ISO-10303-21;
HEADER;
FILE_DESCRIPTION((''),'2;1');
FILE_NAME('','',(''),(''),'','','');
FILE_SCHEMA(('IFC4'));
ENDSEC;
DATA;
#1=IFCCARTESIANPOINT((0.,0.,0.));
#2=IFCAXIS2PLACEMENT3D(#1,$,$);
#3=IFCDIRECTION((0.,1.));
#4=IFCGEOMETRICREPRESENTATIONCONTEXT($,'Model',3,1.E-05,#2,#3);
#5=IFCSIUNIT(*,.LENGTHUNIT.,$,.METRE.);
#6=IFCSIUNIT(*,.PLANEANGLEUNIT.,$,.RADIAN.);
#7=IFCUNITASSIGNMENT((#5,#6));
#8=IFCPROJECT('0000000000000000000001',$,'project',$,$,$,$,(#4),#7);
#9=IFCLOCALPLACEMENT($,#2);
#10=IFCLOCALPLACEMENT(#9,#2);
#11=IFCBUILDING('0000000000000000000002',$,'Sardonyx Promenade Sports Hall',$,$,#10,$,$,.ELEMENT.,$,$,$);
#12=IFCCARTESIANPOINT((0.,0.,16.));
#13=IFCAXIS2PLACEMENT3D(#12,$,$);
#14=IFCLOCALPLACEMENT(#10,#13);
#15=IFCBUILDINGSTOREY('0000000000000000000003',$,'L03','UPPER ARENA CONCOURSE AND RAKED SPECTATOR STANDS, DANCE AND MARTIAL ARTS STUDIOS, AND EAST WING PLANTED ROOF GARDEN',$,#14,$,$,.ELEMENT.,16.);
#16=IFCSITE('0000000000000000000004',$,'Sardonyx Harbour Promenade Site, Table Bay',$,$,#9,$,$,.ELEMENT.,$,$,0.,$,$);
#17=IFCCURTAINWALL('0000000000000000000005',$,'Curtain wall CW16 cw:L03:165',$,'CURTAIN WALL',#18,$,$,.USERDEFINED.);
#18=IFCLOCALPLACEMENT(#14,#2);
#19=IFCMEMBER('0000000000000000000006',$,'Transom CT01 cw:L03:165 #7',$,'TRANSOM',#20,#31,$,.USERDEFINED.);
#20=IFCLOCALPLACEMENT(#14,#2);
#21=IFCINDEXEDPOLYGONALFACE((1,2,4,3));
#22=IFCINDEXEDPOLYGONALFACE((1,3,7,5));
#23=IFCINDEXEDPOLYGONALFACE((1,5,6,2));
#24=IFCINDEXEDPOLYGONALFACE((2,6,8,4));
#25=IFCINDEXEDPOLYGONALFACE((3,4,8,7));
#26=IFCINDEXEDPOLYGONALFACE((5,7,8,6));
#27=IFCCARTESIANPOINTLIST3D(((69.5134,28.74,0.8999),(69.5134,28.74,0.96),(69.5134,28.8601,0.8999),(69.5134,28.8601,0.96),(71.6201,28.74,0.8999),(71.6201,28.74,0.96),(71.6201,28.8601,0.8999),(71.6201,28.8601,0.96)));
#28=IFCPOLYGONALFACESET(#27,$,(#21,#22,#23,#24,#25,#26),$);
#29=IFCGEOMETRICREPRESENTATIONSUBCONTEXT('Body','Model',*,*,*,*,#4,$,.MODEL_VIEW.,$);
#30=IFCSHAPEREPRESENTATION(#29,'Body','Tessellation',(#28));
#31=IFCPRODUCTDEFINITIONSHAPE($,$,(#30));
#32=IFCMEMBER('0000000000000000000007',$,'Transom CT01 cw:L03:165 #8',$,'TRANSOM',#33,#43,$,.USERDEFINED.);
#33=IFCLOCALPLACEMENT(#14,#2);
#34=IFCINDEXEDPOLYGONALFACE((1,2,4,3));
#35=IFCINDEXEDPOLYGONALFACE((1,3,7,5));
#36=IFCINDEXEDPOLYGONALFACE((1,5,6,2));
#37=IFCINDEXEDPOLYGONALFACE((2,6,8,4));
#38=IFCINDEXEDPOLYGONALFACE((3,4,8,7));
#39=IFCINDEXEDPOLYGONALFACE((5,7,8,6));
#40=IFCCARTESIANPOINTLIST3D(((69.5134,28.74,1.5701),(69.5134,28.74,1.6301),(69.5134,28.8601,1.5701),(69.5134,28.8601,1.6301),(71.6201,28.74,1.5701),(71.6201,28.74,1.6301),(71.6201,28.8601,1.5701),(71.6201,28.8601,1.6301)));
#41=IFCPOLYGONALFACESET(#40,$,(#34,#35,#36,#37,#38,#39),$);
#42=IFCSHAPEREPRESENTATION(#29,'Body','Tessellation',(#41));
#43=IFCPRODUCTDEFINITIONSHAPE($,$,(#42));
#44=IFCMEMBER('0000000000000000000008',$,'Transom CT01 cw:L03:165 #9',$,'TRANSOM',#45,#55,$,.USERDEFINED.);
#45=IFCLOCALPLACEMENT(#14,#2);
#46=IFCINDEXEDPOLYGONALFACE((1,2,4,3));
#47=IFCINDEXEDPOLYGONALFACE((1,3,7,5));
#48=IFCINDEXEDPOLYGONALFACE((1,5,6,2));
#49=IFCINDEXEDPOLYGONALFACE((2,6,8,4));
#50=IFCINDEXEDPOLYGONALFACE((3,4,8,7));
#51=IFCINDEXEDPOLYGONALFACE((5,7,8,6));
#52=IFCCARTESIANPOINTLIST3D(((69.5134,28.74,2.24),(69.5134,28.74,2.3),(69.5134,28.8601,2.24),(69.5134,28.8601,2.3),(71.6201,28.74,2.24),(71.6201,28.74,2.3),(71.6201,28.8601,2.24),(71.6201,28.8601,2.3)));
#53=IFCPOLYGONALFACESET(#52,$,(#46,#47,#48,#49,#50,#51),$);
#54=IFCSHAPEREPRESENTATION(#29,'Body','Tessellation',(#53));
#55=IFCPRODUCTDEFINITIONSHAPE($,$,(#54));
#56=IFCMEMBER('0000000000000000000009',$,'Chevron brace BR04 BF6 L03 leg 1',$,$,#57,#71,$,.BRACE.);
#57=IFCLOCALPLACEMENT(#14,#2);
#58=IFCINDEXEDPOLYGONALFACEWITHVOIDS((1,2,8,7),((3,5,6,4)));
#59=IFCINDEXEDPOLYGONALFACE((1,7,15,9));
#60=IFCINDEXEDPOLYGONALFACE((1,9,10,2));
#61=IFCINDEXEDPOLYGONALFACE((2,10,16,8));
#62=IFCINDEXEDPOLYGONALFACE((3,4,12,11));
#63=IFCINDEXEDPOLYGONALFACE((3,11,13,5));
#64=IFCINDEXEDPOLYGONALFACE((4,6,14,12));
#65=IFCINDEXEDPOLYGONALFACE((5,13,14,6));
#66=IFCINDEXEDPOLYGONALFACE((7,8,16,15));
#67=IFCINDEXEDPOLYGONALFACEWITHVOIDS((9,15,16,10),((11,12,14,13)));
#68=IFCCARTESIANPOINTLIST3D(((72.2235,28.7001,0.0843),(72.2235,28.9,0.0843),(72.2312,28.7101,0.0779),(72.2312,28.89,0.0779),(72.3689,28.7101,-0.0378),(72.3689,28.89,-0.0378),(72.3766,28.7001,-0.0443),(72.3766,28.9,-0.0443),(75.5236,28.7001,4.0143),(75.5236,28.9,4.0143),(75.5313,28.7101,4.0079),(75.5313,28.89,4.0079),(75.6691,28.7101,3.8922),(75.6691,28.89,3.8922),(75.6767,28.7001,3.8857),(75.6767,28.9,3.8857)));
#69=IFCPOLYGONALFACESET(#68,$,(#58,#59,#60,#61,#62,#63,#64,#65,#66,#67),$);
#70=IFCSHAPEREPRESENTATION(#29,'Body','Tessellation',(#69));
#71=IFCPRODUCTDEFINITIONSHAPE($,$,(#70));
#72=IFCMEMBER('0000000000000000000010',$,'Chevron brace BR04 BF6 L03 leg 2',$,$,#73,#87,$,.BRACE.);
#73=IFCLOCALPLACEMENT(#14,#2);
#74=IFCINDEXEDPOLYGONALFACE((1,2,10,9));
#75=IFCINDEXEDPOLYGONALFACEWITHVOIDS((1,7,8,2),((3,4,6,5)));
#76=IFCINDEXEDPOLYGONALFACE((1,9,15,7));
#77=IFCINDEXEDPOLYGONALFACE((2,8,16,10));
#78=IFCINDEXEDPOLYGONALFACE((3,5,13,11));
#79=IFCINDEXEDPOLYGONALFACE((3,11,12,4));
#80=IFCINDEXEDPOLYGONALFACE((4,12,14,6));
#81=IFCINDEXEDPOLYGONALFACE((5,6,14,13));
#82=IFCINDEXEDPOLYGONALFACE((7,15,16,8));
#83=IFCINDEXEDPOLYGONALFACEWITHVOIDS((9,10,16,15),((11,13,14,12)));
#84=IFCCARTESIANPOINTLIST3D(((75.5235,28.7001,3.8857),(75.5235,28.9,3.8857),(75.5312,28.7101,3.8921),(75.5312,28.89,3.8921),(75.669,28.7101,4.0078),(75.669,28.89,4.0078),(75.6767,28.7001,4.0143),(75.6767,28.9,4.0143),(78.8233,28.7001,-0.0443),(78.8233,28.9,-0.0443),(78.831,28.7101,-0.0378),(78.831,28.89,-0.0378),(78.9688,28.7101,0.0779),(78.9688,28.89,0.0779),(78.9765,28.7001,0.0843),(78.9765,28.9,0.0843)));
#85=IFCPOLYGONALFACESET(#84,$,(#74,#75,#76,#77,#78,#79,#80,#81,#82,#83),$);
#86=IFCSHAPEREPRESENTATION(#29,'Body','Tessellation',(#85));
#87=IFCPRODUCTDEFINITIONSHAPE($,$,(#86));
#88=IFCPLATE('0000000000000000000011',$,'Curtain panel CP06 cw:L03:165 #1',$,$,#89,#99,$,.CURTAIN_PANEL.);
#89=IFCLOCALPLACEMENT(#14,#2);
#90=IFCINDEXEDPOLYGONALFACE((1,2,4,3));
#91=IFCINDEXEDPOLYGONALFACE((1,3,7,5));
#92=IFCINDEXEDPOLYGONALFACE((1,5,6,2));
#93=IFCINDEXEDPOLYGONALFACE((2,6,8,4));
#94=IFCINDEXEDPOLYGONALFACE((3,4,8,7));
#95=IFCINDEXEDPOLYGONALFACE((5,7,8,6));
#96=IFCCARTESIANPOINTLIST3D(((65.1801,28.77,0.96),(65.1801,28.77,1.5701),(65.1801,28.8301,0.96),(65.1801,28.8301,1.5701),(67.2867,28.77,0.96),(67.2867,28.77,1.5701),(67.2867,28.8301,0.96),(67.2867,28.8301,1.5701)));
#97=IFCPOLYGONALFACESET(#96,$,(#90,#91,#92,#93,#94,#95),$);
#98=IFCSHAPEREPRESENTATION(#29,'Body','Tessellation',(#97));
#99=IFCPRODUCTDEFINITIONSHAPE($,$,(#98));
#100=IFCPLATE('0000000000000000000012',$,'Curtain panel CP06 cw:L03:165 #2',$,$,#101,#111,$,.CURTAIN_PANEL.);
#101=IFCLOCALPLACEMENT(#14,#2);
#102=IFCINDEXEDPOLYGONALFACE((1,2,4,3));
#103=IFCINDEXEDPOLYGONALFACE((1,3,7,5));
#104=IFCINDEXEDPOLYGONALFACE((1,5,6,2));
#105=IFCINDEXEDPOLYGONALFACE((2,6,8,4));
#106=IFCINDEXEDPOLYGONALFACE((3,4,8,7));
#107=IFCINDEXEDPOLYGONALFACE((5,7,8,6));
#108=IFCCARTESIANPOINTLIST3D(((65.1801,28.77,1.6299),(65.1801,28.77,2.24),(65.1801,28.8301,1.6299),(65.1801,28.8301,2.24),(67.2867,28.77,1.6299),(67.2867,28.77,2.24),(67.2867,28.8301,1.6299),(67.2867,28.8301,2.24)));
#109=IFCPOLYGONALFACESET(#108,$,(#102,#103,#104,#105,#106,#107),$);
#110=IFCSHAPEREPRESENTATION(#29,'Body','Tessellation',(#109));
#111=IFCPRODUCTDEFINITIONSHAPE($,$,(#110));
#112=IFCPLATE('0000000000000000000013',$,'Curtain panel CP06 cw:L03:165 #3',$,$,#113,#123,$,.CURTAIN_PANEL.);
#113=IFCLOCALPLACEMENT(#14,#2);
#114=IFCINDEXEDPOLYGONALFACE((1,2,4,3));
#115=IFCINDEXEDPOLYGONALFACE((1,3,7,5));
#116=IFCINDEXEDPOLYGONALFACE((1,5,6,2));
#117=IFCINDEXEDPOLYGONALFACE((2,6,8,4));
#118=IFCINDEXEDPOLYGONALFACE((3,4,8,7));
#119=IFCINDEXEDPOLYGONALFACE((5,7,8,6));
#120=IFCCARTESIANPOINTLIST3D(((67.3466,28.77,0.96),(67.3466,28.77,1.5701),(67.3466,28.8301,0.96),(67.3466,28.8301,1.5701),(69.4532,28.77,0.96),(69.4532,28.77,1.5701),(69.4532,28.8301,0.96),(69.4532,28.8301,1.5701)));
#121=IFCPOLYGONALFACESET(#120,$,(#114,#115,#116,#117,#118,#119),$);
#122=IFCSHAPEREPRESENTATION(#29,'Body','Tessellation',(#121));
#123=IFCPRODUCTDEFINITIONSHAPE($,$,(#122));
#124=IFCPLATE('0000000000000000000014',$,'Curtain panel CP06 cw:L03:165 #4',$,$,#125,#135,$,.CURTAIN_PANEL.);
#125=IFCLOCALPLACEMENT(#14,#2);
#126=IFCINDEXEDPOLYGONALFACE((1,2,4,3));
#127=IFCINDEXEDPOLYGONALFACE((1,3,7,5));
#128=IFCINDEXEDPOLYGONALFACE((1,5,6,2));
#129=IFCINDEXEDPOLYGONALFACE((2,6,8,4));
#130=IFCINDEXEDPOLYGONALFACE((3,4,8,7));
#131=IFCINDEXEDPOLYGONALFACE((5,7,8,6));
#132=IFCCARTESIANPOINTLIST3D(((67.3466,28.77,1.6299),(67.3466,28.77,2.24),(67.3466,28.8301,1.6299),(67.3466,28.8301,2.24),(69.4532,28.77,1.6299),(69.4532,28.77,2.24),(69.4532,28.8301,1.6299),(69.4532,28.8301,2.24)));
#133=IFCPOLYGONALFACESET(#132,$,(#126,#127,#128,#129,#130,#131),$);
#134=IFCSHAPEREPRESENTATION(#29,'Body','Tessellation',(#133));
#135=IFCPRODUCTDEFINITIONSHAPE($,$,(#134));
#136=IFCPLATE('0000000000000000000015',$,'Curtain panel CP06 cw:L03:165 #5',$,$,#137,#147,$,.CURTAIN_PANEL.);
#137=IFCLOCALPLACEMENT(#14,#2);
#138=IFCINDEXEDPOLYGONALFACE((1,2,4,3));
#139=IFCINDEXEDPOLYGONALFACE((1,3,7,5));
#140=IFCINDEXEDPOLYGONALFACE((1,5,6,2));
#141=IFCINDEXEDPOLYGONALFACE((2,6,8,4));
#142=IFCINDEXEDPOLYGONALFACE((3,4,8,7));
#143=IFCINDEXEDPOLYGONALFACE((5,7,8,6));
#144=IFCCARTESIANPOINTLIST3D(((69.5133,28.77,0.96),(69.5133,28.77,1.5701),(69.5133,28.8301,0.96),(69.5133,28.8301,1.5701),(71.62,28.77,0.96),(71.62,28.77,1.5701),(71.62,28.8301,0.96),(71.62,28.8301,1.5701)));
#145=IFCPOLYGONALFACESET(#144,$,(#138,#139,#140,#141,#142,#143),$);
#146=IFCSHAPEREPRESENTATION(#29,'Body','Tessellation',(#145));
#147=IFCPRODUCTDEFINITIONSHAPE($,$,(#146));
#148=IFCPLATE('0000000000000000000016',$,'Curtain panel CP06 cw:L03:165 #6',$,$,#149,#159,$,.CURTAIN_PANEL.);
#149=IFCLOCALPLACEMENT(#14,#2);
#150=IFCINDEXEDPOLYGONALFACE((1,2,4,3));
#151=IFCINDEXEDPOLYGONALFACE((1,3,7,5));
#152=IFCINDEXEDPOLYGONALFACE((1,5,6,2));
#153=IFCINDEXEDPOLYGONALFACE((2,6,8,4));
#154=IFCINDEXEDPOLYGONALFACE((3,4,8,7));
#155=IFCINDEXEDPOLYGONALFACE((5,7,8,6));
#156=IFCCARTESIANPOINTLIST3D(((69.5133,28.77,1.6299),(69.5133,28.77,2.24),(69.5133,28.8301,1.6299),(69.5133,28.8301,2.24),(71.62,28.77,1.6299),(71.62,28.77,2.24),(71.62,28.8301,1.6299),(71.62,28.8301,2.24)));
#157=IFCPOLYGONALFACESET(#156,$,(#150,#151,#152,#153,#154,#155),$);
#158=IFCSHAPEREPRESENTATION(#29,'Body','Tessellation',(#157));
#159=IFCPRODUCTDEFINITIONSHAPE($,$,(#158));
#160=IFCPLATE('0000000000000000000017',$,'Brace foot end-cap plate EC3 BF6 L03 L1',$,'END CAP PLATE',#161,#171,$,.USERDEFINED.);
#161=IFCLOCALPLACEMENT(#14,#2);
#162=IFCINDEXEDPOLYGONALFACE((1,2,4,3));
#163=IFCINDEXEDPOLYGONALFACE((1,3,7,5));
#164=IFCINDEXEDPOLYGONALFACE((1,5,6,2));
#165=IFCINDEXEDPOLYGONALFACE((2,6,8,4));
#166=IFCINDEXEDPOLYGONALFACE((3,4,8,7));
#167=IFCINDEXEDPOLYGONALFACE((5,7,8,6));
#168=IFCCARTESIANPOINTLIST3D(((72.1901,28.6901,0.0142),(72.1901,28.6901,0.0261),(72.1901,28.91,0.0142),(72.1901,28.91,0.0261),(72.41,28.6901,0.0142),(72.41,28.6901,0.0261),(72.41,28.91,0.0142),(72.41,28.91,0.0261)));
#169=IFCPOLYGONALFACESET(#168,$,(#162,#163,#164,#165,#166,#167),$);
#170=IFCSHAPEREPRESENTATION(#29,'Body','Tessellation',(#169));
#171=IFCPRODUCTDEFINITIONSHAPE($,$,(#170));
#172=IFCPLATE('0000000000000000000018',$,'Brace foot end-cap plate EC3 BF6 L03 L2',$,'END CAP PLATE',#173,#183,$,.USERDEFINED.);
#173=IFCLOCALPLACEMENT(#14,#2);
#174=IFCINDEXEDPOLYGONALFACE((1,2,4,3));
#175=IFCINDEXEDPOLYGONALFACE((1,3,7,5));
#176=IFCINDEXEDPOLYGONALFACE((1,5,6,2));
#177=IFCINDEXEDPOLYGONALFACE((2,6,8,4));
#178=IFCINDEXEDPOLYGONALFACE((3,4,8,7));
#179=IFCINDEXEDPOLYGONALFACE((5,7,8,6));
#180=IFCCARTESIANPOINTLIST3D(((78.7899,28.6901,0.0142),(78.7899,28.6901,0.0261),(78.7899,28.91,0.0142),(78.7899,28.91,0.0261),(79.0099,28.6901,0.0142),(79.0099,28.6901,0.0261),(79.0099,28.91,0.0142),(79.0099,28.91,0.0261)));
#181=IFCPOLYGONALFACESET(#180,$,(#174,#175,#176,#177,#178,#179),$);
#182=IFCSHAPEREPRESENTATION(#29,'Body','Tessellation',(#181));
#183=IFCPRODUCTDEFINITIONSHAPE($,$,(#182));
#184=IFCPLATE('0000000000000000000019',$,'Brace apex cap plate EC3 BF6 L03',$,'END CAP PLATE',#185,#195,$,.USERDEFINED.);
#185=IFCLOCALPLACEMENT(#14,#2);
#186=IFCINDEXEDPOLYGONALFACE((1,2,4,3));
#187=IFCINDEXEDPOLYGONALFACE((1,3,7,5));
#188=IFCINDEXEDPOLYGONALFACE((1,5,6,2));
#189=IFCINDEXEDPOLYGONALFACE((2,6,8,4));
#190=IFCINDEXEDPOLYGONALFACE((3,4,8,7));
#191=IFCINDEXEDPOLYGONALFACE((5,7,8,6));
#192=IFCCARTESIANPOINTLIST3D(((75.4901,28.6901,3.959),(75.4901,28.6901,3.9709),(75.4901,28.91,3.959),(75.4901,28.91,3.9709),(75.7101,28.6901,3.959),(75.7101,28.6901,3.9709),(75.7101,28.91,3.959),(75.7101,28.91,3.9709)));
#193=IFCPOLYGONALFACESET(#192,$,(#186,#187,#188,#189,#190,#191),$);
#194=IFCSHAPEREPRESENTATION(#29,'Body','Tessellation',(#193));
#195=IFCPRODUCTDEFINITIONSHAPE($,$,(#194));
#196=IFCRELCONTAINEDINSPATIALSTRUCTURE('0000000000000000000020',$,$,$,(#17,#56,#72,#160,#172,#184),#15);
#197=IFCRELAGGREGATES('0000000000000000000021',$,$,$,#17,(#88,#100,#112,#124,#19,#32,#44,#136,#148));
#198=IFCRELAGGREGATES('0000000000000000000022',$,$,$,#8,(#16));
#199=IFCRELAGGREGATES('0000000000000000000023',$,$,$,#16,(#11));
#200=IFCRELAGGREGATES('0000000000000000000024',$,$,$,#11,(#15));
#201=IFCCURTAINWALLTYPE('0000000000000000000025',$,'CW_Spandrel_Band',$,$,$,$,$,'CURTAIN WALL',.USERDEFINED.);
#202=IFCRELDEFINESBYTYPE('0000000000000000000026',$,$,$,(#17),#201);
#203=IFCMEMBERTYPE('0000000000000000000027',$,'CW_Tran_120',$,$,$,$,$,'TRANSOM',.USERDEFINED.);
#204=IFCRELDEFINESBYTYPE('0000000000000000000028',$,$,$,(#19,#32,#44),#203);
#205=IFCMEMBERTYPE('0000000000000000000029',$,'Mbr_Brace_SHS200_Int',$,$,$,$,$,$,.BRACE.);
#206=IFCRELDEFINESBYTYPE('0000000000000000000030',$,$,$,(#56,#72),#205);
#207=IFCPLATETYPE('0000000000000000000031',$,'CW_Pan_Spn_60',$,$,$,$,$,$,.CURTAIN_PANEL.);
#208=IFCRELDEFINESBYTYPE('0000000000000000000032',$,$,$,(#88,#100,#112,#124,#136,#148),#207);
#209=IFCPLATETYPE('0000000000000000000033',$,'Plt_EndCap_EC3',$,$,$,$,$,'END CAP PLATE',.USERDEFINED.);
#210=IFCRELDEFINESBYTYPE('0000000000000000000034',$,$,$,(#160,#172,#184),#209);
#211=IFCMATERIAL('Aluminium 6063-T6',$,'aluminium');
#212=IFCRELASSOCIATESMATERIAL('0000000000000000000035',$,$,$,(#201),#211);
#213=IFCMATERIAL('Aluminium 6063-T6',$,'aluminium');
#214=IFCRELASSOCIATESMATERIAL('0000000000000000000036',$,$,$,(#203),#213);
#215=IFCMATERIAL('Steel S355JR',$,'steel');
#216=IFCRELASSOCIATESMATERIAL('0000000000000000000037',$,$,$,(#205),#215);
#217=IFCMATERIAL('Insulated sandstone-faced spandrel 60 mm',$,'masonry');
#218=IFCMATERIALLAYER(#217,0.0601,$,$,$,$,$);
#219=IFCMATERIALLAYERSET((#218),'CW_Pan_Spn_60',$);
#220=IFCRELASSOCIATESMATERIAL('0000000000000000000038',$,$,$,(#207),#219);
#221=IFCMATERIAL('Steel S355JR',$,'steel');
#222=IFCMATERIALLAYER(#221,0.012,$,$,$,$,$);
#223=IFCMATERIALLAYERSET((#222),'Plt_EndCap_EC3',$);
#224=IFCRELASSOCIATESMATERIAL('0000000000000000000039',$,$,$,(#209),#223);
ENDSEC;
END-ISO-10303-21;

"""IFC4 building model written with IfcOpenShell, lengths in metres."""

from ifc_helpers import new_model, si_unit, direction, frame, origin, origin_2d, place, context, subcontext, project, spatial, rectangle, hollow_rectangle, extrude, material, layer, layer_set, material_profile, profile_set, type_object, element, aggregate, save


model = new_model("IFC4")

# Units and contexts
model_context = context("Model", 3, precision=1e-05, world=origin(), true_north=direction((0.0, 1.0)))
body_context = subcontext(model_context, "Body", "Model", "MODEL_VIEW")
ifc_project = project(units=[si_unit("LENGTHUNIT", "METRE"), si_unit("PLANEANGLEUNIT", "RADIAN")], contexts=[model_context])

# Site, building, storey
site_placement = place(None, origin())
site = spatial("IfcSite", under=ifc_project, at=site_placement, Name="Sardonyx Harbour Promenade Site, Table Bay", CompositionType="ELEMENT", RefElevation=0.0)
building_placement = place(site_placement, origin())
building = spatial("IfcBuilding", under=site, at=building_placement, Name="Sardonyx Promenade Sports Hall", CompositionType="ELEMENT")
storey_placement = place(building_placement, frame((0.0, 0.0, 16.0)))
storey = spatial("IfcBuildingStorey", under=building, at=storey_placement, Name="L03", Description="UPPER ARENA CONCOURSE AND RAKED SPECTATOR STANDS, DANCE AND MARTIAL ARTS STUDIOS, AND EAST WING PLANTED ROOF GARDEN", CompositionType="ELEMENT", Elevation=16.0)

# Curtain wall, members
ifc_material_1 = material(Name="Aluminium 6063-T6", Category="aluminium")
curtain_wall_type = type_object("IfcCurtainWallType", Name="CW_Spandrel_Band", ElementType="CURTAIN WALL", PredefinedType="USERDEFINED", material=ifc_material_1)
curtain_wall_placement = place(storey_placement, origin())
curtain_wall = element("IfcCurtainWall", 1, at=curtain_wall_placement, inside=storey, type_object=curtain_wall_type, Name="Curtain wall CW16 cw:L03:165", ObjectType="CURTAIN WALL", PredefinedType="USERDEFINED")
ifc_material_2 = material(Name="Aluminium 6063-T6", Category="aluminium")
ifc_material_profile_1 = material_profile(ifc_material_2, rectangle(XDim=0.0601, YDim=0.1201, at=origin_2d()))
ifc_profile_set_1 = profile_set([ifc_material_profile_1], Name="Aluminium 6063-T6")
member_type_1 = type_object("IfcMemberType", Name="CW_Tran_120", ElementType="TRANSOM", PredefinedType="USERDEFINED", material=ifc_profile_set_1)
member_1_placement = place(storey_placement, frame((69.5134, 28.8, 0.9299), z_axis=(1.0, 0.0, 0.0), x_axis=(0.0, 0.0, 1.0)))
member_1 = element("IfcMember", 2, at=member_1_placement, type_object=member_type_1, Name="Transom CT01 cw:L03:165 #7", ObjectType="TRANSOM", PredefinedType="USERDEFINED", context=body_context, shape_type="SweptSolid", body=[
    extrude(rectangle(XDim=0.0601, YDim=0.1201, at=origin_2d()), origin(), (0.0, 0.0, 1.0), 2.1067),
])
member_2_placement = place(storey_placement, frame((69.5134, 28.8, 1.6001), z_axis=(1.0, 0.0, 0.0), x_axis=(0.0, 0.0, 1.0)))
member_2 = element("IfcMember", 3, at=member_2_placement, type_object=member_type_1, Name="Transom CT01 cw:L03:165 #8", ObjectType="TRANSOM", PredefinedType="USERDEFINED", context=body_context, shape_type="SweptSolid", body=[
    extrude(rectangle(XDim=0.0601, YDim=0.1201, at=origin_2d()), origin(), (0.0, 0.0, 1.0), 2.1067),
])
member_3_placement = place(storey_placement, frame((69.5134, 28.8, 2.27), z_axis=(1.0, 0.0, 0.0), x_axis=(0.0, 0.0, 1.0)))
member_3 = element("IfcMember", 4, at=member_3_placement, type_object=member_type_1, Name="Transom CT01 cw:L03:165 #9", ObjectType="TRANSOM", PredefinedType="USERDEFINED", context=body_context, shape_type="SweptSolid", body=[
    extrude(rectangle(XDim=0.0601, YDim=0.1201, at=origin_2d()), origin(), (0.0, 0.0, 1.0), 2.1067),
])

# Members
ifc_material_3 = material(Name="Steel S355JR", Category="steel")
ifc_material_profile_2 = material_profile(ifc_material_3, hollow_rectangle(XDim=0.2, YDim=0.2, WallThickness=0.01, at=origin_2d()))
ifc_profile_set_2 = profile_set([ifc_material_profile_2], Name="Steel S355JR")
member_type_2 = type_object("IfcMemberType", Name="Mbr_Brace_SHS200_Int", PredefinedType="BRACE", material=ifc_profile_set_2)
member_4_placement = place(storey_placement, frame((72.3, 28.8, 0.02), z_axis=(0.643067, 0.0, 0.76581), x_axis=(0.0, 1.0, 0.0)))
element("IfcMember", 5, at=member_4_placement, inside=storey, type_object=member_type_2, Name="Chevron brace BR04 BF6 L03 leg 1", PredefinedType="BRACE", context=body_context, shape_type="SweptSolid", body=[
    extrude(hollow_rectangle(XDim=0.2, YDim=0.2, WallThickness=0.01, at=origin_2d()), origin(), (0.0, 0.0, 1.0), 5.1318),
])
member_5_placement = place(storey_placement, frame((78.8999, 28.8, 0.02), z_axis=(-0.643039, 0.0, 0.765833), x_axis=(0.0, -1.0, 0.0)))
element("IfcMember", 6, at=member_5_placement, inside=storey, type_object=member_type_2, Name="Chevron brace BR04 BF6 L03 leg 2", PredefinedType="BRACE", context=body_context, shape_type="SweptSolid", body=[
    extrude(hollow_rectangle(XDim=0.2, YDim=0.2, WallThickness=0.01, at=origin_2d()), origin(), (0.0, 0.0, 1.0), 5.1316),
])

# Plates
ifc_material_4 = material(Name="Insulated sandstone-faced spandrel 60 mm", Category="masonry")
ifc_layer_1 = layer(ifc_material_4, 0.0601)
ifc_layer_set_1 = layer_set([ifc_layer_1], Name="CW_Pan_Spn_60")
plate_type_1 = type_object("IfcPlateType", Name="CW_Pan_Spn_60", PredefinedType="CURTAIN_PANEL", material=ifc_layer_set_1)
plate_1_placement = place(storey_placement, frame((66.2334, 28.8, 0.96), z_axis=(0.0, 0.0, 1.0), x_axis=(1.0, 0.0, 0.0)))
plate_1 = element("IfcPlate", 7, at=plate_1_placement, type_object=plate_type_1, Name="Curtain panel CP06 cw:L03:165 #1", PredefinedType="CURTAIN_PANEL", context=body_context, shape_type="SweptSolid", body=[
    extrude(rectangle(XDim=2.1067, YDim=0.0601, at=origin_2d()), origin(), (0.0, 0.0, 1.0), 0.6101),
])
plate_2_placement = place(storey_placement, frame((66.2334, 28.8, 1.6299), z_axis=(0.0, 0.0, 1.0), x_axis=(1.0, 0.0, 0.0)))
plate_2 = element("IfcPlate", 8, at=plate_2_placement, type_object=plate_type_1, Name="Curtain panel CP06 cw:L03:165 #2", PredefinedType="CURTAIN_PANEL", context=body_context, shape_type="SweptSolid", body=[
    extrude(rectangle(XDim=2.1067, YDim=0.0601, at=origin_2d()), origin(), (0.0, 0.0, 1.0), 0.6101),
])
plate_3_placement = place(storey_placement, frame((68.3999, 28.8, 0.96), z_axis=(0.0, 0.0, 1.0), x_axis=(1.0, 0.0, 0.0)))
plate_3 = element("IfcPlate", 9, at=plate_3_placement, type_object=plate_type_1, Name="Curtain panel CP06 cw:L03:165 #3", PredefinedType="CURTAIN_PANEL", context=body_context, shape_type="SweptSolid", body=[
    extrude(rectangle(XDim=2.1067, YDim=0.0601, at=origin_2d()), origin(), (0.0, 0.0, 1.0), 0.6101),
])
plate_4_placement = place(storey_placement, frame((68.3999, 28.8, 1.6299), z_axis=(0.0, 0.0, 1.0), x_axis=(1.0, 0.0, 0.0)))
plate_4 = element("IfcPlate", 10, at=plate_4_placement, type_object=plate_type_1, Name="Curtain panel CP06 cw:L03:165 #4", PredefinedType="CURTAIN_PANEL", context=body_context, shape_type="SweptSolid", body=[
    extrude(rectangle(XDim=2.1067, YDim=0.0601, at=origin_2d()), origin(), (0.0, 0.0, 1.0), 0.6101),
])
plate_5_placement = place(storey_placement, frame((70.5667, 28.8, 0.96), z_axis=(0.0, 0.0, 1.0), x_axis=(1.0, 0.0, 0.0)))
plate_5 = element("IfcPlate", 11, at=plate_5_placement, type_object=plate_type_1, Name="Curtain panel CP06 cw:L03:165 #5", PredefinedType="CURTAIN_PANEL", context=body_context, shape_type="SweptSolid", body=[
    extrude(rectangle(XDim=2.1067, YDim=0.0601, at=origin_2d()), origin(), (0.0, 0.0, 1.0), 0.6101),
])
plate_6_placement = place(storey_placement, frame((70.5667, 28.8, 1.6299), z_axis=(0.0, 0.0, 1.0), x_axis=(1.0, 0.0, 0.0)))
plate_6 = element("IfcPlate", 12, at=plate_6_placement, type_object=plate_type_1, Name="Curtain panel CP06 cw:L03:165 #6", PredefinedType="CURTAIN_PANEL", context=body_context, shape_type="SweptSolid", body=[
    extrude(rectangle(XDim=2.1067, YDim=0.0601, at=origin_2d()), origin(), (0.0, 0.0, 1.0), 0.6101),
])
aggregate(curtain_wall, [plate_1, plate_2, plate_3, plate_4, member_1, member_2, member_3, plate_5, plate_6])

# Plates
ifc_material_5 = material(Name="Steel S355JR", Category="steel")
ifc_layer_2 = layer(ifc_material_5, 0.012)
ifc_layer_set_2 = layer_set([ifc_layer_2], Name="Plt_EndCap_EC3")
plate_type_2 = type_object("IfcPlateType", Name="Plt_EndCap_EC3", ElementType="END CAP PLATE", PredefinedType="USERDEFINED", material=ifc_layer_set_2)
for number, where, z_axis, x_axis, name in (
    (13, (72.3, 28.8, 0.0142), (0.0, 0.0, 1.0), (1.0, 0.0, 0.0), "Brace foot end-cap plate EC3 BF6 L03 L1"),
    (14, (78.8999, 28.8, 0.0142), (0.0, 0.0, 1.0), (1.0, 0.0, 0.0), "Brace foot end-cap plate EC3 BF6 L03 L2"),
    (15, (75.6001, 28.8, 3.959), (0.0, 0.0, 1.0), (1.0, 0.0, 0.0), "Brace apex cap plate EC3 BF6 L03"),
):
    element("IfcPlate", number, at=place(storey_placement, frame(where, z_axis=z_axis, x_axis=x_axis)), inside=storey, type_object=plate_type_2, Name=name, ObjectType="END CAP PLATE", PredefinedType="USERDEFINED", context=body_context, shape_type="SweptSolid", body=[
        extrude(rectangle(XDim=0.22, YDim=0.22, at=origin_2d()), origin(), (0.0, 0.0, 1.0), 0.012),
    ])

save(model, "model.ifc")
